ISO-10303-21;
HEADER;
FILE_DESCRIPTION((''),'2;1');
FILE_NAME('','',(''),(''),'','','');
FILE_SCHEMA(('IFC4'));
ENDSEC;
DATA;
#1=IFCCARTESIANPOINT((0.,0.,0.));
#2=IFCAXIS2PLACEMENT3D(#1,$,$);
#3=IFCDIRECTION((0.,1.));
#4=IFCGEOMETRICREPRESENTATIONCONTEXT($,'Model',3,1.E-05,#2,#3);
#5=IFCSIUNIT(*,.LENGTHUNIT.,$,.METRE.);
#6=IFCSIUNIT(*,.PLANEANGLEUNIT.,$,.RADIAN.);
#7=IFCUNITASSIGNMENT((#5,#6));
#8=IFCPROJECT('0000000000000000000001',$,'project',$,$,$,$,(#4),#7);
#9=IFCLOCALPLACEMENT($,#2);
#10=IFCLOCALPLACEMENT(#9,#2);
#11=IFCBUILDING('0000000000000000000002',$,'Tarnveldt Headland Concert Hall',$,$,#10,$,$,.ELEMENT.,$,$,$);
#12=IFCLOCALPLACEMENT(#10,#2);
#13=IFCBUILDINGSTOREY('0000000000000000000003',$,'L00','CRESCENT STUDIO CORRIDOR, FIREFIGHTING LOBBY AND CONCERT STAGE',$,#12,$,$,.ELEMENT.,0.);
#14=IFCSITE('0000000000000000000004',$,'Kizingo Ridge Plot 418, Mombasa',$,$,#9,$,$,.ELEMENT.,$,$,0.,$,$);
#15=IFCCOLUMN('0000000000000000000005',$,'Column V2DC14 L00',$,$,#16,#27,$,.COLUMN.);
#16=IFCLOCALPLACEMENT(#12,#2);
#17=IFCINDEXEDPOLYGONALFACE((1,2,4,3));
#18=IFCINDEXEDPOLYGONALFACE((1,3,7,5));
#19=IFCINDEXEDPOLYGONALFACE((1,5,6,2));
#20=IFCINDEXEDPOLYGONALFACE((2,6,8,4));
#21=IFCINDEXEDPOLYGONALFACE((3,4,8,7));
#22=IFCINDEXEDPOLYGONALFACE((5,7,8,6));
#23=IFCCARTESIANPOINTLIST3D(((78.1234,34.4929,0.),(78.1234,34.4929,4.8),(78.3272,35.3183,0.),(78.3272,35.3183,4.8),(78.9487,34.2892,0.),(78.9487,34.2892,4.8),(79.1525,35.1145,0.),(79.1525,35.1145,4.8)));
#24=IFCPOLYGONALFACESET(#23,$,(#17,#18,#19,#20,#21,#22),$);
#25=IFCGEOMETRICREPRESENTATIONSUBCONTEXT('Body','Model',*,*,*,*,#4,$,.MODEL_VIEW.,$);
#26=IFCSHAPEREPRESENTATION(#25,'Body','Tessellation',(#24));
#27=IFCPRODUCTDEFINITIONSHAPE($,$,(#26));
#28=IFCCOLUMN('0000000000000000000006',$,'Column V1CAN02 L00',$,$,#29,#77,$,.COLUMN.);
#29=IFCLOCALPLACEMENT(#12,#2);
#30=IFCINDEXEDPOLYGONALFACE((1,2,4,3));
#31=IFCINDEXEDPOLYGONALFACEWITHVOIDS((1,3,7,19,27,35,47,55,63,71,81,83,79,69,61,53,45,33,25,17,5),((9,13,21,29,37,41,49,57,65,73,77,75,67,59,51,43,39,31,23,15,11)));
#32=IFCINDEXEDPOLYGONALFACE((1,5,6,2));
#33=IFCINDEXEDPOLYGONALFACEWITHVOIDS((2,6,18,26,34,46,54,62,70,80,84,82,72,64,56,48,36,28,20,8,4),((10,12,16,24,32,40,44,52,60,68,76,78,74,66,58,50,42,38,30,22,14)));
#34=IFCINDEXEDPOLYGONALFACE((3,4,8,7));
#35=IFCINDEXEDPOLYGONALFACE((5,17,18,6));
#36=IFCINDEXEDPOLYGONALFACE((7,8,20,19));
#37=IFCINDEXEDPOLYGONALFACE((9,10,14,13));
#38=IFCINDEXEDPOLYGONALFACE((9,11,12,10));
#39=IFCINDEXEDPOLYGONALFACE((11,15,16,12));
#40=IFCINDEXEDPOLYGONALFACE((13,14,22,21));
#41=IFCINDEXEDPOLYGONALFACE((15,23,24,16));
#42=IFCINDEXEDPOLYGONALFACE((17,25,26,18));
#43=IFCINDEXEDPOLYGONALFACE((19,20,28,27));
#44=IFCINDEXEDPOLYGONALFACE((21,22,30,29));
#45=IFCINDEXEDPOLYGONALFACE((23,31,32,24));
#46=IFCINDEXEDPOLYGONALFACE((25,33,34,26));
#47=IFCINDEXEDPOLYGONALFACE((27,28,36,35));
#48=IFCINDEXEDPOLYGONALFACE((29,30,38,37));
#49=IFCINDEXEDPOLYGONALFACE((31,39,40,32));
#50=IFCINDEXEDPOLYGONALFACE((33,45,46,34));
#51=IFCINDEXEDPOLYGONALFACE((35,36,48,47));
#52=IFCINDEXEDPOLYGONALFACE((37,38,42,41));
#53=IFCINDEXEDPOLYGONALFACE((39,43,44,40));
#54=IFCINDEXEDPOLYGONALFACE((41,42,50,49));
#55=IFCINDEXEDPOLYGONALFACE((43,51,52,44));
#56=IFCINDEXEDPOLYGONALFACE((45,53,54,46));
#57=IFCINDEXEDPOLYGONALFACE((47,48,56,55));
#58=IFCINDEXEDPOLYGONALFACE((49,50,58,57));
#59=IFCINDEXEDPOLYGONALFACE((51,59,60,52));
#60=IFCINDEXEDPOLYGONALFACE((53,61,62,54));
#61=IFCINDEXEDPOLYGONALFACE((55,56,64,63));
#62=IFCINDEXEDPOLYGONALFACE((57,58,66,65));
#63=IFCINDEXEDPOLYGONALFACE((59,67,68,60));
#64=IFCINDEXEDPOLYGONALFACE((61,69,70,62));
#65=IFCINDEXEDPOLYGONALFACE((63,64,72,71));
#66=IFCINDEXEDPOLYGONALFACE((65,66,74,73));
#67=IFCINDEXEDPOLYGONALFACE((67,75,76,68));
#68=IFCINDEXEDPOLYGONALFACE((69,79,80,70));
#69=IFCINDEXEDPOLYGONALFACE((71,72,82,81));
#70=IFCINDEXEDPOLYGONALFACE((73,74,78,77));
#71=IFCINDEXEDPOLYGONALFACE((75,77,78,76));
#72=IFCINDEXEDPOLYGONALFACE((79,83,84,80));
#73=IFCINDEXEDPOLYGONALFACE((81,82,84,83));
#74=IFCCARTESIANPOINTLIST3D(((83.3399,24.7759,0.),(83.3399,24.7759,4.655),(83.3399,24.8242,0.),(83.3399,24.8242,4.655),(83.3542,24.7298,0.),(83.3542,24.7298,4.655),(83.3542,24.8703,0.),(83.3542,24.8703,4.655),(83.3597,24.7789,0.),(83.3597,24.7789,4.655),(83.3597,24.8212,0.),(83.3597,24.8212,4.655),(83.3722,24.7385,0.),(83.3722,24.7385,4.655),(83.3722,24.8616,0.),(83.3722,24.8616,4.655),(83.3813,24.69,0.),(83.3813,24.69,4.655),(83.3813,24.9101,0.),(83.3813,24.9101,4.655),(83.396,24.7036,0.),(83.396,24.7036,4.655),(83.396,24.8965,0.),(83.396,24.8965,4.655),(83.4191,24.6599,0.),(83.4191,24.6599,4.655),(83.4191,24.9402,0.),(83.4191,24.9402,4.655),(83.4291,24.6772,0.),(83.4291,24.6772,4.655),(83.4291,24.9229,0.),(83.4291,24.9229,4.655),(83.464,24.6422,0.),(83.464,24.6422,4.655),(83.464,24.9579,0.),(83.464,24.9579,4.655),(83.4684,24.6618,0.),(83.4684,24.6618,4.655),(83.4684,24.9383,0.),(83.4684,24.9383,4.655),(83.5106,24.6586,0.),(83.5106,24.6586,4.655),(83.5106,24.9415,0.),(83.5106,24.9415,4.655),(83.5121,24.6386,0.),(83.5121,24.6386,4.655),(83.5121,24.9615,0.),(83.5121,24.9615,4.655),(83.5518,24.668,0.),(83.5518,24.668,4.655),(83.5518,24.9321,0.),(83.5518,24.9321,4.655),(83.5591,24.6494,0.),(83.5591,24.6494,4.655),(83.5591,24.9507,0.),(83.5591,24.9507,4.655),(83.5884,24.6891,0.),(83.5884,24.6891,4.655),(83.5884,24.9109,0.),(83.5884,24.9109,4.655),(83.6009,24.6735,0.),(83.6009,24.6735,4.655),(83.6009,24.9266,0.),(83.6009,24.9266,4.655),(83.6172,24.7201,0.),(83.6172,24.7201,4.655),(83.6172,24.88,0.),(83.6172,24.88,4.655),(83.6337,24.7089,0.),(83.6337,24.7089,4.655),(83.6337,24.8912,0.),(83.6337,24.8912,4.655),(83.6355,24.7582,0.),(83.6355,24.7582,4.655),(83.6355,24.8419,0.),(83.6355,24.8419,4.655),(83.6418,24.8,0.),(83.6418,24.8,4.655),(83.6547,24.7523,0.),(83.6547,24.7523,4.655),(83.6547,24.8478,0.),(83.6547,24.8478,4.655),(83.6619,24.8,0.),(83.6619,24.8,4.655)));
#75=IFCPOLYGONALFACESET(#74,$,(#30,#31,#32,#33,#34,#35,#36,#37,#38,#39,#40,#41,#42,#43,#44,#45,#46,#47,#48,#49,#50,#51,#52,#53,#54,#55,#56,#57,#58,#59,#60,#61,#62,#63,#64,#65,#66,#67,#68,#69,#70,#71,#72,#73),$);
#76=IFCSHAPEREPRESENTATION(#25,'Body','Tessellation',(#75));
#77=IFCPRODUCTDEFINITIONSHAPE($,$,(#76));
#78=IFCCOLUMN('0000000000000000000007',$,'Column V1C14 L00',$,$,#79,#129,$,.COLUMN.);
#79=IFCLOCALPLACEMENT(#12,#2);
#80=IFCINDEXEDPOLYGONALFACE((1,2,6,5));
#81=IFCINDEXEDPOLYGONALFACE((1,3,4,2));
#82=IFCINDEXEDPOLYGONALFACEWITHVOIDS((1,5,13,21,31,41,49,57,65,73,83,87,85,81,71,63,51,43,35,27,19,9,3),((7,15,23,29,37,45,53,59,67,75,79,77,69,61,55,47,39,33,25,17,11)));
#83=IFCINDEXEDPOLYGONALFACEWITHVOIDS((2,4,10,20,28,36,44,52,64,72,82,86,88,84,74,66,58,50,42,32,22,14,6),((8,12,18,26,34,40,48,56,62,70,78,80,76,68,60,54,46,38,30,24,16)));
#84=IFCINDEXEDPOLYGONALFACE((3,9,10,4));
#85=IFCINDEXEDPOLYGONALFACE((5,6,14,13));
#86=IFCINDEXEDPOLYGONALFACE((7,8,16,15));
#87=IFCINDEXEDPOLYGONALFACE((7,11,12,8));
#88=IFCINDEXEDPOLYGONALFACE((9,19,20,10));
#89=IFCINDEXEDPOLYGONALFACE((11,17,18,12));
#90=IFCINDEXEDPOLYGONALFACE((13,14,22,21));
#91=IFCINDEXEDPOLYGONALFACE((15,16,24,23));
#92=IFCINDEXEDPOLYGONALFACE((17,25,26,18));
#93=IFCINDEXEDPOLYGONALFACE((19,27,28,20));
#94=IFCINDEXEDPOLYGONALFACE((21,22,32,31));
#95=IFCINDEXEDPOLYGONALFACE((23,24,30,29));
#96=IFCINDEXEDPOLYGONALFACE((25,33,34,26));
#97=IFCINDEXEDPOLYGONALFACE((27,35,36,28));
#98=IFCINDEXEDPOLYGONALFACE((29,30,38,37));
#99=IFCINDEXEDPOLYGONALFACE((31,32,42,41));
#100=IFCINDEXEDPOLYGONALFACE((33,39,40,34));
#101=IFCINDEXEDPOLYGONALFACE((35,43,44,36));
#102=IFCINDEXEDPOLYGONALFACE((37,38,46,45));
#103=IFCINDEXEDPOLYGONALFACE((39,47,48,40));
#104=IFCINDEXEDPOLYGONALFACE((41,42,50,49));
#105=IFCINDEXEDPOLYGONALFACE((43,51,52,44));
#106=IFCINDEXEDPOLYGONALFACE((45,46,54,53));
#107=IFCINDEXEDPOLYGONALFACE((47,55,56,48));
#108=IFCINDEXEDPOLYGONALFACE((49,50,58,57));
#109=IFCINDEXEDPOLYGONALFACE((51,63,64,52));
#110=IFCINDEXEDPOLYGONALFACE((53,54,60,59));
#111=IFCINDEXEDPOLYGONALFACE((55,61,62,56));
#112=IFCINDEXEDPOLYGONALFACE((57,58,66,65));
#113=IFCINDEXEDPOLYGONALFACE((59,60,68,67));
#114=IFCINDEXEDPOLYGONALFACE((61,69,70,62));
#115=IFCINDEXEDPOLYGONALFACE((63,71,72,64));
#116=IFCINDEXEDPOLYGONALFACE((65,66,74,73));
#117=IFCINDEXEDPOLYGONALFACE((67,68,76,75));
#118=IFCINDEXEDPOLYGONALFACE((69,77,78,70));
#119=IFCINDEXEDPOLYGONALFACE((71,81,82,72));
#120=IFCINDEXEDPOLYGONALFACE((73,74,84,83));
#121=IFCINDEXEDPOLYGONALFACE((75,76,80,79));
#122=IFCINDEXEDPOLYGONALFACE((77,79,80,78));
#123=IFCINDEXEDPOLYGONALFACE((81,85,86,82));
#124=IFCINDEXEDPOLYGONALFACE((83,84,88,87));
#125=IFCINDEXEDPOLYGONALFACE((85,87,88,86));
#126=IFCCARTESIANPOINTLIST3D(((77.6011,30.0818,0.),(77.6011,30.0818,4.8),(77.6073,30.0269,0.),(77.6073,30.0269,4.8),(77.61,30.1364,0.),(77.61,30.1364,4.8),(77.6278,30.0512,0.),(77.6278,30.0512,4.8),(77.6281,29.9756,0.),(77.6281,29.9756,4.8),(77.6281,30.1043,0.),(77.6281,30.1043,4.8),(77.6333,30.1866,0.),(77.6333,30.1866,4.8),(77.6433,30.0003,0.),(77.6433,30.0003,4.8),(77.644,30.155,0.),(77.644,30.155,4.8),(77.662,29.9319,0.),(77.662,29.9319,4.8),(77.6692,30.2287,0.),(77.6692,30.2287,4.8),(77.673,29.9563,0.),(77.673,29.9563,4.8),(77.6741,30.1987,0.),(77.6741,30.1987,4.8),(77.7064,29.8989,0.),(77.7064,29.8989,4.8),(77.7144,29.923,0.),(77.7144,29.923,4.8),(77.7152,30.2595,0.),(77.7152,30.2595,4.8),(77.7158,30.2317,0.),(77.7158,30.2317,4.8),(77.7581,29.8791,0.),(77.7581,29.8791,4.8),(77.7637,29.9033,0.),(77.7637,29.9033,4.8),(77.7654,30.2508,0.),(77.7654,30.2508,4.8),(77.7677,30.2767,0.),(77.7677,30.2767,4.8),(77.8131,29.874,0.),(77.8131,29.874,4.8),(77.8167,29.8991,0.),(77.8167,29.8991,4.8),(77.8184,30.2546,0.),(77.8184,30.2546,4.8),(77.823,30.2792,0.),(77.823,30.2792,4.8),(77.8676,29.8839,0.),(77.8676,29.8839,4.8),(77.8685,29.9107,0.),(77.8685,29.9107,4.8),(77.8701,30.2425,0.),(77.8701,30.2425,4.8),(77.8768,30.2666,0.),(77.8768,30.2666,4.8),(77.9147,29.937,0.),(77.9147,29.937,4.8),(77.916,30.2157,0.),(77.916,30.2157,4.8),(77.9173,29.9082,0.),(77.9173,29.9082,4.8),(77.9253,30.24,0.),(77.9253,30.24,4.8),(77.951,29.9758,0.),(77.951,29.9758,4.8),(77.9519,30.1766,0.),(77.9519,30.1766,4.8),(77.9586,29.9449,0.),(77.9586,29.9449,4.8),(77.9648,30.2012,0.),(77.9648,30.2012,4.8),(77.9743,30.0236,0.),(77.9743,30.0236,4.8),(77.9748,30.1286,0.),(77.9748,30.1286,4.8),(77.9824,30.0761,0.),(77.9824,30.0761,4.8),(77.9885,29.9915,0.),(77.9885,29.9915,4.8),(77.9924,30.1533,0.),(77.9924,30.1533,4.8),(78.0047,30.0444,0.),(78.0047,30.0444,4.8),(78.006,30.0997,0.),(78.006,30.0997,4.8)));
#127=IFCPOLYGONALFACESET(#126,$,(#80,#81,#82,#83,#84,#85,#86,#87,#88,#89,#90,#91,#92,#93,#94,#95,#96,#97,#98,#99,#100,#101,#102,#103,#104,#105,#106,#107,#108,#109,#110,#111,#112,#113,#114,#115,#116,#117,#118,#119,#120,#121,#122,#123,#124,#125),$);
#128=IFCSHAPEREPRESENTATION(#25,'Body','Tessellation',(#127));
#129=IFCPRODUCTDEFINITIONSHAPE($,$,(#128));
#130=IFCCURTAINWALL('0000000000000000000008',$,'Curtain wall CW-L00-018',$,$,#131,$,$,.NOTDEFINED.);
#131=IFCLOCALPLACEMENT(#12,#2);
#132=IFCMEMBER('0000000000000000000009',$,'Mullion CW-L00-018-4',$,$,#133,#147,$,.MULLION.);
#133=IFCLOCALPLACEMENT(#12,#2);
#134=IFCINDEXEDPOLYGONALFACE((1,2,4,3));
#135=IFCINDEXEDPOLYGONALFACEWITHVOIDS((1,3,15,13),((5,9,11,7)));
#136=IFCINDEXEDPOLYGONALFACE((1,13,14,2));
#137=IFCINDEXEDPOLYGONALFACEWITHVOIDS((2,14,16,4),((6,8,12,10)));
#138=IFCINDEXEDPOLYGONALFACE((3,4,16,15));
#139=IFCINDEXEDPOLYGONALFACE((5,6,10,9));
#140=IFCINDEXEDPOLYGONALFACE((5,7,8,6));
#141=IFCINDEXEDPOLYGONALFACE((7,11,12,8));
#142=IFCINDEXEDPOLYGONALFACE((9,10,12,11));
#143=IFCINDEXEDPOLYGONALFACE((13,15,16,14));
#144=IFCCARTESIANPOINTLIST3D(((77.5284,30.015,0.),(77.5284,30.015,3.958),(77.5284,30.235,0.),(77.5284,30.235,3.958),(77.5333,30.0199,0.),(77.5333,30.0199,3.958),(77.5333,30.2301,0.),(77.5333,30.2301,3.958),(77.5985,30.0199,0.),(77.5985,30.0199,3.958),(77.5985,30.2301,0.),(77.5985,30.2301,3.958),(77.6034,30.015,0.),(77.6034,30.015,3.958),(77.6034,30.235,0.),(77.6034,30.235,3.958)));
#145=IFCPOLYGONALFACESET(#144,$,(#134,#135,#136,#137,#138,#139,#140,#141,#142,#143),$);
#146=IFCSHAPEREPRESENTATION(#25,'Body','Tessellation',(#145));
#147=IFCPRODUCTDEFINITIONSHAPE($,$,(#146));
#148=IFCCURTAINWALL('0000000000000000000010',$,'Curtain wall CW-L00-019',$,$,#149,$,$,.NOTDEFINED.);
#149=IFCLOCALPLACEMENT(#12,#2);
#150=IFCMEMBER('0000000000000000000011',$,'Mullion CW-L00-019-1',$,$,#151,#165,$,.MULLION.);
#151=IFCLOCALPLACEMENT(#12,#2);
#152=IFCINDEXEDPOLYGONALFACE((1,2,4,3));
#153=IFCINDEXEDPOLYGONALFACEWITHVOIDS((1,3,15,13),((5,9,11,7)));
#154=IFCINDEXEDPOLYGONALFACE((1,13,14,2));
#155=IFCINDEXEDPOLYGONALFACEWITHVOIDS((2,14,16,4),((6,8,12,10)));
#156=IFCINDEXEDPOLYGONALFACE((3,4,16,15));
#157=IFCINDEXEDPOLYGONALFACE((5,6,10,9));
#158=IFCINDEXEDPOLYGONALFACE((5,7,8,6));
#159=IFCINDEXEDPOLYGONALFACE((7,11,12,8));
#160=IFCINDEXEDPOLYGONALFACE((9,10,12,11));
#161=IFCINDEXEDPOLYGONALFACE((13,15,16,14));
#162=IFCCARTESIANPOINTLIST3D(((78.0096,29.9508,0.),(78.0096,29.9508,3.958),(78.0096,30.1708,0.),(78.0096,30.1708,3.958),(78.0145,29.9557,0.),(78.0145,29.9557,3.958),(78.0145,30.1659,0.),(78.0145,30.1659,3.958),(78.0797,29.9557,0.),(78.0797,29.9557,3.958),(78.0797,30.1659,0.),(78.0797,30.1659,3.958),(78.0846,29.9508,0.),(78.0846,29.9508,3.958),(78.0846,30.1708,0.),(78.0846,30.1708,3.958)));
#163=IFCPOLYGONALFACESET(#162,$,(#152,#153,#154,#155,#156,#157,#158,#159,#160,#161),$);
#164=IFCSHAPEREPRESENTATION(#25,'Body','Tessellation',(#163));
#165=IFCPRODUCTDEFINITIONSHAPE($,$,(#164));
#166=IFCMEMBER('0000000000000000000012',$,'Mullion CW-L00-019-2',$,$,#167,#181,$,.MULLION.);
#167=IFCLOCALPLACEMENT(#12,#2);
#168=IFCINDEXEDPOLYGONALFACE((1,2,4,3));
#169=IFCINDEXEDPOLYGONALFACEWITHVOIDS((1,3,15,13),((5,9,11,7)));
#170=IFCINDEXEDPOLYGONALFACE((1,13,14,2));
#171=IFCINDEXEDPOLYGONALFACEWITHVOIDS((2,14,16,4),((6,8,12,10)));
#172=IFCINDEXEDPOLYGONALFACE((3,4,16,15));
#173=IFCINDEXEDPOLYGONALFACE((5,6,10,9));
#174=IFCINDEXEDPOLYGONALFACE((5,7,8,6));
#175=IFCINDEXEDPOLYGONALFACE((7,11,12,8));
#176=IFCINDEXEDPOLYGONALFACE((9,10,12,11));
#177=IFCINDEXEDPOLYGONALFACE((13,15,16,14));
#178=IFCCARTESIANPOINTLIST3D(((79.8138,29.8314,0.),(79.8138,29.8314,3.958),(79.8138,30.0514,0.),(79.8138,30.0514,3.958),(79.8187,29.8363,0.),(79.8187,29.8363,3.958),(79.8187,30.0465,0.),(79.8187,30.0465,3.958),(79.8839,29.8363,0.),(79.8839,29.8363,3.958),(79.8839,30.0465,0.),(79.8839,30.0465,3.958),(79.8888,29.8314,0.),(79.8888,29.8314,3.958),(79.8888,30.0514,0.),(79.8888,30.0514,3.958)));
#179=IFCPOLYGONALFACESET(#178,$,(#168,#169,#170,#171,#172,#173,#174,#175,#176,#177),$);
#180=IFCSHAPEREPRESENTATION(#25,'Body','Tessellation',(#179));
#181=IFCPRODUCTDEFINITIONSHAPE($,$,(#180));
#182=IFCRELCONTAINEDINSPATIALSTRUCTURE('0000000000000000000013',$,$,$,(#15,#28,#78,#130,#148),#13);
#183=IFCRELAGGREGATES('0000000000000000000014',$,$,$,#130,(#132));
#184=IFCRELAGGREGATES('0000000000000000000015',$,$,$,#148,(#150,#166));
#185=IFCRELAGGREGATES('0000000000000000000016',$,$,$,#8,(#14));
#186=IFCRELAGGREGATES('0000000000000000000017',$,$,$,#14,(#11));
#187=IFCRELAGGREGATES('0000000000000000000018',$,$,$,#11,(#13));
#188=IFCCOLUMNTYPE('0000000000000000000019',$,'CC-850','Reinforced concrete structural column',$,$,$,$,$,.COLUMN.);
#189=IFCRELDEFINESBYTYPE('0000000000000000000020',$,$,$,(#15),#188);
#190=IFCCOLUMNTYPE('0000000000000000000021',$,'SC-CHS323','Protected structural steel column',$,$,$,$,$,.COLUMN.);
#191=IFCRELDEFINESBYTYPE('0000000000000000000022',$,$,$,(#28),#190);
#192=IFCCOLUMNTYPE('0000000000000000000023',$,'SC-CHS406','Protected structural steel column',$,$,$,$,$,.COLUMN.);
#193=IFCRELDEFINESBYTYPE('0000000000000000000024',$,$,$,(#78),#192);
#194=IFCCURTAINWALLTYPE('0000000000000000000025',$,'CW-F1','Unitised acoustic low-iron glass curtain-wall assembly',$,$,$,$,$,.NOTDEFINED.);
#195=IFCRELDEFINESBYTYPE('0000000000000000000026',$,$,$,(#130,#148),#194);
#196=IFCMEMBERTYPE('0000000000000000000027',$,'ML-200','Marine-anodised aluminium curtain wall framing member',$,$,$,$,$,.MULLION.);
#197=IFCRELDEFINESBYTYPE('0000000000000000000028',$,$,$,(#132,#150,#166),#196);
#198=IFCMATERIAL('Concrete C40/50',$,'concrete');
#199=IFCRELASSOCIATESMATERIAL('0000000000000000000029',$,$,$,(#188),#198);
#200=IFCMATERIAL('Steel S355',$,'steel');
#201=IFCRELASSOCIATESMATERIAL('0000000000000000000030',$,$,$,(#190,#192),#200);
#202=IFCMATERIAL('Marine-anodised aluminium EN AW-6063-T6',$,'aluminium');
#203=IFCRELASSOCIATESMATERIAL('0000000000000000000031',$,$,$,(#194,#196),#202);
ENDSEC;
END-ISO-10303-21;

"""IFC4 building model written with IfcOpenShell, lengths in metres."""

from ifc_helpers import new_model, si_unit, direction, frame, origin, origin_2d, place, context, subcontext, project, spatial, rectangle, hollow_rectangle, hollow_circle, extrude, material, material_profile, profile_set, type_object, element, aggregate, save


model = new_model("IFC4")

# Units and contexts
model_context = context("Model", 3, precision=1e-05, world=origin(), true_north=direction((0.0, 1.0)))
body_context = subcontext(model_context, "Body", "Model", "MODEL_VIEW")
ifc_project = project(units=[si_unit("LENGTHUNIT", "METRE"), si_unit("PLANEANGLEUNIT", "RADIAN")], contexts=[model_context])

# Site, building, storey
site_placement = place(None, origin())
site = spatial("IfcSite", under=ifc_project, at=site_placement, Name="Kizingo Ridge Plot 418, Mombasa", CompositionType="ELEMENT", RefElevation=0.0)
building_placement = place(site_placement, origin())
building = spatial("IfcBuilding", under=site, at=building_placement, Name="Tarnveldt Headland Concert Hall", CompositionType="ELEMENT")
storey_placement = place(building_placement, origin())
storey = spatial("IfcBuildingStorey", under=building, at=storey_placement, Name="L00", Description="CRESCENT STUDIO CORRIDOR, FIREFIGHTING LOBBY AND CONCERT STAGE", CompositionType="ELEMENT", Elevation=0.0)

# Columns
ifc_material_1 = material(Name="Concrete C40/50", Category="concrete")
ifc_material_profile_1 = material_profile(ifc_material_1, rectangle(XDim=0.8501, YDim=0.8501, at=origin_2d()), Name="RC 850x850", Category="concrete")
ifc_profile_set_1 = profile_set([ifc_material_profile_1], Name="Concrete C40/50")
column_type_1 = type_object("IfcColumnType", Name="CC-850", Description="Reinforced concrete structural column", PredefinedType="COLUMN", material=ifc_profile_set_1)
column_1_placement = place(storey_placement, frame((78.6379, 34.8037, 0.0), z_axis=(0.0, 0.0, 1.0), x_axis=(-0.23972, -0.970842, 0.0)))
element("IfcColumn", 1, at=column_1_placement, inside=storey, type_object=column_type_1, Name="Column V2DC14 L00", PredefinedType="COLUMN", context=body_context, shape_type="SweptSolid", body=[
    extrude(rectangle(XDim=0.8501, YDim=0.8501, at=origin_2d()), origin(), (0.0, 0.0, 1.0), 4.8),
])
ifc_material_2 = material(Name="Steel S355", Category="steel")
ifc_material_profile_2 = material_profile(ifc_material_2, hollow_circle(Radius=0.1619, WallThickness=0.02, at=origin_2d()), Name="CHS 323.9x20", Category="steel")
ifc_profile_set_2 = profile_set([ifc_material_profile_2], Name="Steel S355")
column_type_2 = type_object("IfcColumnType", Name="SC-CHS323", Description="Protected structural steel column", PredefinedType="COLUMN", material=ifc_profile_set_2)
column_2_placement = place(storey_placement, frame((83.5, 24.8, 0.0), z_axis=(0.0, 0.0, 1.0), x_axis=(1.0, 0.0, 0.0)))
element("IfcColumn", 2, at=column_2_placement, inside=storey, type_object=column_type_2, Name="Column V1CAN02 L00", PredefinedType="COLUMN", context=body_context, shape_type="SweptSolid", body=[
    extrude(hollow_circle(Radius=0.1619, WallThickness=0.02, at=origin_2d()), origin(), (0.0, 0.0, 1.0), 4.655),
])
ifc_material_profile_3 = material_profile(ifc_material_2, hollow_circle(Radius=0.2031, WallThickness=0.0249, at=origin_2d()), Name="CHS 406.4x25", Category="steel")
ifc_profile_set_3 = profile_set([ifc_material_profile_3], Name="Steel S355")
column_type_3 = type_object("IfcColumnType", Name="SC-CHS406", Description="Protected structural steel column", PredefinedType="COLUMN", material=ifc_profile_set_3)
column_3_placement = place(storey_placement, frame((77.8042, 30.0769, 0.0), z_axis=(0.0, 0.0, 1.0), x_axis=(-0.227161, -0.973857, 0.0)))
element("IfcColumn", 3, at=column_3_placement, inside=storey, type_object=column_type_3, Name="Column V1C14 L00", PredefinedType="COLUMN", context=body_context, shape_type="SweptSolid", body=[
    extrude(hollow_circle(Radius=0.2031, WallThickness=0.0249, at=origin_2d()), origin(), (0.0, 0.0, 1.0), 4.8),
])

# Curtain wall, member
ifc_material_3 = material(Name="Marine-anodised aluminium EN AW-6063-T6", Category="aluminium")
curtain_wall_type = type_object("IfcCurtainWallType", Name="CW-F1", Description="Unitised acoustic low-iron glass curtain-wall assembly", PredefinedType="NOTDEFINED", material=ifc_material_3)
curtain_wall_1_placement = place(storey_placement, origin())
curtain_wall_1 = element("IfcCurtainWall", 4, at=curtain_wall_1_placement, inside=storey, type_object=curtain_wall_type, Name="Curtain wall CW-L00-018", PredefinedType="NOTDEFINED")
ifc_material_profile_4 = material_profile(ifc_material_3, hollow_rectangle(XDim=0.075, YDim=0.22, WallThickness=0.0049, at=origin_2d()), Name="ALU MULLION 75x220x5", Category="aluminium")
ifc_profile_set_4 = profile_set([ifc_material_profile_4], Name="Marine-anodised aluminium EN AW-6063-T6")
member_type_1 = type_object("IfcMemberType", Name="ML-200", Description="Marine-anodised aluminium curtain wall framing member", PredefinedType="MULLION", material=ifc_profile_set_4)
member_1_placement = place(storey_placement, frame((77.5659, 30.125, 0.0), z_axis=(0.0, 0.0, 1.0), x_axis=(1.0, 0.0, 0.0)))
member_1 = element("IfcMember", 5, at=member_1_placement, type_object=member_type_1, Name="Mullion CW-L00-018-4", PredefinedType="MULLION", context=body_context, shape_type="SweptSolid", body=[
    extrude(hollow_rectangle(XDim=0.075, YDim=0.22, WallThickness=0.0049, at=origin_2d()), origin(), (0.0, 0.0, 1.0), 3.958),
])

# Curtain wall, members
curtain_wall_2_placement = place(storey_placement, origin())
curtain_wall_2 = element("IfcCurtainWall", 6, at=curtain_wall_2_placement, inside=storey, type_object=curtain_wall_type, Name="Curtain wall CW-L00-019", PredefinedType="NOTDEFINED")
member_2_placement = place(storey_placement, frame((78.0471, 30.0608, 0.0), z_axis=(0.0, 0.0, 1.0), x_axis=(1.0, 0.0, 0.0)))
member_2 = element("IfcMember", 7, at=member_2_placement, type_object=member_type_1, Name="Mullion CW-L00-019-1", PredefinedType="MULLION", context=body_context, shape_type="SweptSolid", body=[
    extrude(hollow_rectangle(XDim=0.075, YDim=0.22, WallThickness=0.0049, at=origin_2d()), origin(), (0.0, 0.0, 1.0), 3.958),
])
member_3_placement = place(storey_placement, frame((79.8513, 29.9414, 0.0), z_axis=(0.0, 0.0, 1.0), x_axis=(1.0, 0.0, 0.0)))
member_3 = element("IfcMember", 8, at=member_3_placement, type_object=member_type_1, Name="Mullion CW-L00-019-2", PredefinedType="MULLION", context=body_context, shape_type="SweptSolid", body=[
    extrude(hollow_rectangle(XDim=0.075, YDim=0.22, WallThickness=0.0049, at=origin_2d()), origin(), (0.0, 0.0, 1.0), 3.958),
])

aggregate(curtain_wall_1, [member_1])
aggregate(curtain_wall_2, [member_2, member_3])

save(model, "model.ifc")
